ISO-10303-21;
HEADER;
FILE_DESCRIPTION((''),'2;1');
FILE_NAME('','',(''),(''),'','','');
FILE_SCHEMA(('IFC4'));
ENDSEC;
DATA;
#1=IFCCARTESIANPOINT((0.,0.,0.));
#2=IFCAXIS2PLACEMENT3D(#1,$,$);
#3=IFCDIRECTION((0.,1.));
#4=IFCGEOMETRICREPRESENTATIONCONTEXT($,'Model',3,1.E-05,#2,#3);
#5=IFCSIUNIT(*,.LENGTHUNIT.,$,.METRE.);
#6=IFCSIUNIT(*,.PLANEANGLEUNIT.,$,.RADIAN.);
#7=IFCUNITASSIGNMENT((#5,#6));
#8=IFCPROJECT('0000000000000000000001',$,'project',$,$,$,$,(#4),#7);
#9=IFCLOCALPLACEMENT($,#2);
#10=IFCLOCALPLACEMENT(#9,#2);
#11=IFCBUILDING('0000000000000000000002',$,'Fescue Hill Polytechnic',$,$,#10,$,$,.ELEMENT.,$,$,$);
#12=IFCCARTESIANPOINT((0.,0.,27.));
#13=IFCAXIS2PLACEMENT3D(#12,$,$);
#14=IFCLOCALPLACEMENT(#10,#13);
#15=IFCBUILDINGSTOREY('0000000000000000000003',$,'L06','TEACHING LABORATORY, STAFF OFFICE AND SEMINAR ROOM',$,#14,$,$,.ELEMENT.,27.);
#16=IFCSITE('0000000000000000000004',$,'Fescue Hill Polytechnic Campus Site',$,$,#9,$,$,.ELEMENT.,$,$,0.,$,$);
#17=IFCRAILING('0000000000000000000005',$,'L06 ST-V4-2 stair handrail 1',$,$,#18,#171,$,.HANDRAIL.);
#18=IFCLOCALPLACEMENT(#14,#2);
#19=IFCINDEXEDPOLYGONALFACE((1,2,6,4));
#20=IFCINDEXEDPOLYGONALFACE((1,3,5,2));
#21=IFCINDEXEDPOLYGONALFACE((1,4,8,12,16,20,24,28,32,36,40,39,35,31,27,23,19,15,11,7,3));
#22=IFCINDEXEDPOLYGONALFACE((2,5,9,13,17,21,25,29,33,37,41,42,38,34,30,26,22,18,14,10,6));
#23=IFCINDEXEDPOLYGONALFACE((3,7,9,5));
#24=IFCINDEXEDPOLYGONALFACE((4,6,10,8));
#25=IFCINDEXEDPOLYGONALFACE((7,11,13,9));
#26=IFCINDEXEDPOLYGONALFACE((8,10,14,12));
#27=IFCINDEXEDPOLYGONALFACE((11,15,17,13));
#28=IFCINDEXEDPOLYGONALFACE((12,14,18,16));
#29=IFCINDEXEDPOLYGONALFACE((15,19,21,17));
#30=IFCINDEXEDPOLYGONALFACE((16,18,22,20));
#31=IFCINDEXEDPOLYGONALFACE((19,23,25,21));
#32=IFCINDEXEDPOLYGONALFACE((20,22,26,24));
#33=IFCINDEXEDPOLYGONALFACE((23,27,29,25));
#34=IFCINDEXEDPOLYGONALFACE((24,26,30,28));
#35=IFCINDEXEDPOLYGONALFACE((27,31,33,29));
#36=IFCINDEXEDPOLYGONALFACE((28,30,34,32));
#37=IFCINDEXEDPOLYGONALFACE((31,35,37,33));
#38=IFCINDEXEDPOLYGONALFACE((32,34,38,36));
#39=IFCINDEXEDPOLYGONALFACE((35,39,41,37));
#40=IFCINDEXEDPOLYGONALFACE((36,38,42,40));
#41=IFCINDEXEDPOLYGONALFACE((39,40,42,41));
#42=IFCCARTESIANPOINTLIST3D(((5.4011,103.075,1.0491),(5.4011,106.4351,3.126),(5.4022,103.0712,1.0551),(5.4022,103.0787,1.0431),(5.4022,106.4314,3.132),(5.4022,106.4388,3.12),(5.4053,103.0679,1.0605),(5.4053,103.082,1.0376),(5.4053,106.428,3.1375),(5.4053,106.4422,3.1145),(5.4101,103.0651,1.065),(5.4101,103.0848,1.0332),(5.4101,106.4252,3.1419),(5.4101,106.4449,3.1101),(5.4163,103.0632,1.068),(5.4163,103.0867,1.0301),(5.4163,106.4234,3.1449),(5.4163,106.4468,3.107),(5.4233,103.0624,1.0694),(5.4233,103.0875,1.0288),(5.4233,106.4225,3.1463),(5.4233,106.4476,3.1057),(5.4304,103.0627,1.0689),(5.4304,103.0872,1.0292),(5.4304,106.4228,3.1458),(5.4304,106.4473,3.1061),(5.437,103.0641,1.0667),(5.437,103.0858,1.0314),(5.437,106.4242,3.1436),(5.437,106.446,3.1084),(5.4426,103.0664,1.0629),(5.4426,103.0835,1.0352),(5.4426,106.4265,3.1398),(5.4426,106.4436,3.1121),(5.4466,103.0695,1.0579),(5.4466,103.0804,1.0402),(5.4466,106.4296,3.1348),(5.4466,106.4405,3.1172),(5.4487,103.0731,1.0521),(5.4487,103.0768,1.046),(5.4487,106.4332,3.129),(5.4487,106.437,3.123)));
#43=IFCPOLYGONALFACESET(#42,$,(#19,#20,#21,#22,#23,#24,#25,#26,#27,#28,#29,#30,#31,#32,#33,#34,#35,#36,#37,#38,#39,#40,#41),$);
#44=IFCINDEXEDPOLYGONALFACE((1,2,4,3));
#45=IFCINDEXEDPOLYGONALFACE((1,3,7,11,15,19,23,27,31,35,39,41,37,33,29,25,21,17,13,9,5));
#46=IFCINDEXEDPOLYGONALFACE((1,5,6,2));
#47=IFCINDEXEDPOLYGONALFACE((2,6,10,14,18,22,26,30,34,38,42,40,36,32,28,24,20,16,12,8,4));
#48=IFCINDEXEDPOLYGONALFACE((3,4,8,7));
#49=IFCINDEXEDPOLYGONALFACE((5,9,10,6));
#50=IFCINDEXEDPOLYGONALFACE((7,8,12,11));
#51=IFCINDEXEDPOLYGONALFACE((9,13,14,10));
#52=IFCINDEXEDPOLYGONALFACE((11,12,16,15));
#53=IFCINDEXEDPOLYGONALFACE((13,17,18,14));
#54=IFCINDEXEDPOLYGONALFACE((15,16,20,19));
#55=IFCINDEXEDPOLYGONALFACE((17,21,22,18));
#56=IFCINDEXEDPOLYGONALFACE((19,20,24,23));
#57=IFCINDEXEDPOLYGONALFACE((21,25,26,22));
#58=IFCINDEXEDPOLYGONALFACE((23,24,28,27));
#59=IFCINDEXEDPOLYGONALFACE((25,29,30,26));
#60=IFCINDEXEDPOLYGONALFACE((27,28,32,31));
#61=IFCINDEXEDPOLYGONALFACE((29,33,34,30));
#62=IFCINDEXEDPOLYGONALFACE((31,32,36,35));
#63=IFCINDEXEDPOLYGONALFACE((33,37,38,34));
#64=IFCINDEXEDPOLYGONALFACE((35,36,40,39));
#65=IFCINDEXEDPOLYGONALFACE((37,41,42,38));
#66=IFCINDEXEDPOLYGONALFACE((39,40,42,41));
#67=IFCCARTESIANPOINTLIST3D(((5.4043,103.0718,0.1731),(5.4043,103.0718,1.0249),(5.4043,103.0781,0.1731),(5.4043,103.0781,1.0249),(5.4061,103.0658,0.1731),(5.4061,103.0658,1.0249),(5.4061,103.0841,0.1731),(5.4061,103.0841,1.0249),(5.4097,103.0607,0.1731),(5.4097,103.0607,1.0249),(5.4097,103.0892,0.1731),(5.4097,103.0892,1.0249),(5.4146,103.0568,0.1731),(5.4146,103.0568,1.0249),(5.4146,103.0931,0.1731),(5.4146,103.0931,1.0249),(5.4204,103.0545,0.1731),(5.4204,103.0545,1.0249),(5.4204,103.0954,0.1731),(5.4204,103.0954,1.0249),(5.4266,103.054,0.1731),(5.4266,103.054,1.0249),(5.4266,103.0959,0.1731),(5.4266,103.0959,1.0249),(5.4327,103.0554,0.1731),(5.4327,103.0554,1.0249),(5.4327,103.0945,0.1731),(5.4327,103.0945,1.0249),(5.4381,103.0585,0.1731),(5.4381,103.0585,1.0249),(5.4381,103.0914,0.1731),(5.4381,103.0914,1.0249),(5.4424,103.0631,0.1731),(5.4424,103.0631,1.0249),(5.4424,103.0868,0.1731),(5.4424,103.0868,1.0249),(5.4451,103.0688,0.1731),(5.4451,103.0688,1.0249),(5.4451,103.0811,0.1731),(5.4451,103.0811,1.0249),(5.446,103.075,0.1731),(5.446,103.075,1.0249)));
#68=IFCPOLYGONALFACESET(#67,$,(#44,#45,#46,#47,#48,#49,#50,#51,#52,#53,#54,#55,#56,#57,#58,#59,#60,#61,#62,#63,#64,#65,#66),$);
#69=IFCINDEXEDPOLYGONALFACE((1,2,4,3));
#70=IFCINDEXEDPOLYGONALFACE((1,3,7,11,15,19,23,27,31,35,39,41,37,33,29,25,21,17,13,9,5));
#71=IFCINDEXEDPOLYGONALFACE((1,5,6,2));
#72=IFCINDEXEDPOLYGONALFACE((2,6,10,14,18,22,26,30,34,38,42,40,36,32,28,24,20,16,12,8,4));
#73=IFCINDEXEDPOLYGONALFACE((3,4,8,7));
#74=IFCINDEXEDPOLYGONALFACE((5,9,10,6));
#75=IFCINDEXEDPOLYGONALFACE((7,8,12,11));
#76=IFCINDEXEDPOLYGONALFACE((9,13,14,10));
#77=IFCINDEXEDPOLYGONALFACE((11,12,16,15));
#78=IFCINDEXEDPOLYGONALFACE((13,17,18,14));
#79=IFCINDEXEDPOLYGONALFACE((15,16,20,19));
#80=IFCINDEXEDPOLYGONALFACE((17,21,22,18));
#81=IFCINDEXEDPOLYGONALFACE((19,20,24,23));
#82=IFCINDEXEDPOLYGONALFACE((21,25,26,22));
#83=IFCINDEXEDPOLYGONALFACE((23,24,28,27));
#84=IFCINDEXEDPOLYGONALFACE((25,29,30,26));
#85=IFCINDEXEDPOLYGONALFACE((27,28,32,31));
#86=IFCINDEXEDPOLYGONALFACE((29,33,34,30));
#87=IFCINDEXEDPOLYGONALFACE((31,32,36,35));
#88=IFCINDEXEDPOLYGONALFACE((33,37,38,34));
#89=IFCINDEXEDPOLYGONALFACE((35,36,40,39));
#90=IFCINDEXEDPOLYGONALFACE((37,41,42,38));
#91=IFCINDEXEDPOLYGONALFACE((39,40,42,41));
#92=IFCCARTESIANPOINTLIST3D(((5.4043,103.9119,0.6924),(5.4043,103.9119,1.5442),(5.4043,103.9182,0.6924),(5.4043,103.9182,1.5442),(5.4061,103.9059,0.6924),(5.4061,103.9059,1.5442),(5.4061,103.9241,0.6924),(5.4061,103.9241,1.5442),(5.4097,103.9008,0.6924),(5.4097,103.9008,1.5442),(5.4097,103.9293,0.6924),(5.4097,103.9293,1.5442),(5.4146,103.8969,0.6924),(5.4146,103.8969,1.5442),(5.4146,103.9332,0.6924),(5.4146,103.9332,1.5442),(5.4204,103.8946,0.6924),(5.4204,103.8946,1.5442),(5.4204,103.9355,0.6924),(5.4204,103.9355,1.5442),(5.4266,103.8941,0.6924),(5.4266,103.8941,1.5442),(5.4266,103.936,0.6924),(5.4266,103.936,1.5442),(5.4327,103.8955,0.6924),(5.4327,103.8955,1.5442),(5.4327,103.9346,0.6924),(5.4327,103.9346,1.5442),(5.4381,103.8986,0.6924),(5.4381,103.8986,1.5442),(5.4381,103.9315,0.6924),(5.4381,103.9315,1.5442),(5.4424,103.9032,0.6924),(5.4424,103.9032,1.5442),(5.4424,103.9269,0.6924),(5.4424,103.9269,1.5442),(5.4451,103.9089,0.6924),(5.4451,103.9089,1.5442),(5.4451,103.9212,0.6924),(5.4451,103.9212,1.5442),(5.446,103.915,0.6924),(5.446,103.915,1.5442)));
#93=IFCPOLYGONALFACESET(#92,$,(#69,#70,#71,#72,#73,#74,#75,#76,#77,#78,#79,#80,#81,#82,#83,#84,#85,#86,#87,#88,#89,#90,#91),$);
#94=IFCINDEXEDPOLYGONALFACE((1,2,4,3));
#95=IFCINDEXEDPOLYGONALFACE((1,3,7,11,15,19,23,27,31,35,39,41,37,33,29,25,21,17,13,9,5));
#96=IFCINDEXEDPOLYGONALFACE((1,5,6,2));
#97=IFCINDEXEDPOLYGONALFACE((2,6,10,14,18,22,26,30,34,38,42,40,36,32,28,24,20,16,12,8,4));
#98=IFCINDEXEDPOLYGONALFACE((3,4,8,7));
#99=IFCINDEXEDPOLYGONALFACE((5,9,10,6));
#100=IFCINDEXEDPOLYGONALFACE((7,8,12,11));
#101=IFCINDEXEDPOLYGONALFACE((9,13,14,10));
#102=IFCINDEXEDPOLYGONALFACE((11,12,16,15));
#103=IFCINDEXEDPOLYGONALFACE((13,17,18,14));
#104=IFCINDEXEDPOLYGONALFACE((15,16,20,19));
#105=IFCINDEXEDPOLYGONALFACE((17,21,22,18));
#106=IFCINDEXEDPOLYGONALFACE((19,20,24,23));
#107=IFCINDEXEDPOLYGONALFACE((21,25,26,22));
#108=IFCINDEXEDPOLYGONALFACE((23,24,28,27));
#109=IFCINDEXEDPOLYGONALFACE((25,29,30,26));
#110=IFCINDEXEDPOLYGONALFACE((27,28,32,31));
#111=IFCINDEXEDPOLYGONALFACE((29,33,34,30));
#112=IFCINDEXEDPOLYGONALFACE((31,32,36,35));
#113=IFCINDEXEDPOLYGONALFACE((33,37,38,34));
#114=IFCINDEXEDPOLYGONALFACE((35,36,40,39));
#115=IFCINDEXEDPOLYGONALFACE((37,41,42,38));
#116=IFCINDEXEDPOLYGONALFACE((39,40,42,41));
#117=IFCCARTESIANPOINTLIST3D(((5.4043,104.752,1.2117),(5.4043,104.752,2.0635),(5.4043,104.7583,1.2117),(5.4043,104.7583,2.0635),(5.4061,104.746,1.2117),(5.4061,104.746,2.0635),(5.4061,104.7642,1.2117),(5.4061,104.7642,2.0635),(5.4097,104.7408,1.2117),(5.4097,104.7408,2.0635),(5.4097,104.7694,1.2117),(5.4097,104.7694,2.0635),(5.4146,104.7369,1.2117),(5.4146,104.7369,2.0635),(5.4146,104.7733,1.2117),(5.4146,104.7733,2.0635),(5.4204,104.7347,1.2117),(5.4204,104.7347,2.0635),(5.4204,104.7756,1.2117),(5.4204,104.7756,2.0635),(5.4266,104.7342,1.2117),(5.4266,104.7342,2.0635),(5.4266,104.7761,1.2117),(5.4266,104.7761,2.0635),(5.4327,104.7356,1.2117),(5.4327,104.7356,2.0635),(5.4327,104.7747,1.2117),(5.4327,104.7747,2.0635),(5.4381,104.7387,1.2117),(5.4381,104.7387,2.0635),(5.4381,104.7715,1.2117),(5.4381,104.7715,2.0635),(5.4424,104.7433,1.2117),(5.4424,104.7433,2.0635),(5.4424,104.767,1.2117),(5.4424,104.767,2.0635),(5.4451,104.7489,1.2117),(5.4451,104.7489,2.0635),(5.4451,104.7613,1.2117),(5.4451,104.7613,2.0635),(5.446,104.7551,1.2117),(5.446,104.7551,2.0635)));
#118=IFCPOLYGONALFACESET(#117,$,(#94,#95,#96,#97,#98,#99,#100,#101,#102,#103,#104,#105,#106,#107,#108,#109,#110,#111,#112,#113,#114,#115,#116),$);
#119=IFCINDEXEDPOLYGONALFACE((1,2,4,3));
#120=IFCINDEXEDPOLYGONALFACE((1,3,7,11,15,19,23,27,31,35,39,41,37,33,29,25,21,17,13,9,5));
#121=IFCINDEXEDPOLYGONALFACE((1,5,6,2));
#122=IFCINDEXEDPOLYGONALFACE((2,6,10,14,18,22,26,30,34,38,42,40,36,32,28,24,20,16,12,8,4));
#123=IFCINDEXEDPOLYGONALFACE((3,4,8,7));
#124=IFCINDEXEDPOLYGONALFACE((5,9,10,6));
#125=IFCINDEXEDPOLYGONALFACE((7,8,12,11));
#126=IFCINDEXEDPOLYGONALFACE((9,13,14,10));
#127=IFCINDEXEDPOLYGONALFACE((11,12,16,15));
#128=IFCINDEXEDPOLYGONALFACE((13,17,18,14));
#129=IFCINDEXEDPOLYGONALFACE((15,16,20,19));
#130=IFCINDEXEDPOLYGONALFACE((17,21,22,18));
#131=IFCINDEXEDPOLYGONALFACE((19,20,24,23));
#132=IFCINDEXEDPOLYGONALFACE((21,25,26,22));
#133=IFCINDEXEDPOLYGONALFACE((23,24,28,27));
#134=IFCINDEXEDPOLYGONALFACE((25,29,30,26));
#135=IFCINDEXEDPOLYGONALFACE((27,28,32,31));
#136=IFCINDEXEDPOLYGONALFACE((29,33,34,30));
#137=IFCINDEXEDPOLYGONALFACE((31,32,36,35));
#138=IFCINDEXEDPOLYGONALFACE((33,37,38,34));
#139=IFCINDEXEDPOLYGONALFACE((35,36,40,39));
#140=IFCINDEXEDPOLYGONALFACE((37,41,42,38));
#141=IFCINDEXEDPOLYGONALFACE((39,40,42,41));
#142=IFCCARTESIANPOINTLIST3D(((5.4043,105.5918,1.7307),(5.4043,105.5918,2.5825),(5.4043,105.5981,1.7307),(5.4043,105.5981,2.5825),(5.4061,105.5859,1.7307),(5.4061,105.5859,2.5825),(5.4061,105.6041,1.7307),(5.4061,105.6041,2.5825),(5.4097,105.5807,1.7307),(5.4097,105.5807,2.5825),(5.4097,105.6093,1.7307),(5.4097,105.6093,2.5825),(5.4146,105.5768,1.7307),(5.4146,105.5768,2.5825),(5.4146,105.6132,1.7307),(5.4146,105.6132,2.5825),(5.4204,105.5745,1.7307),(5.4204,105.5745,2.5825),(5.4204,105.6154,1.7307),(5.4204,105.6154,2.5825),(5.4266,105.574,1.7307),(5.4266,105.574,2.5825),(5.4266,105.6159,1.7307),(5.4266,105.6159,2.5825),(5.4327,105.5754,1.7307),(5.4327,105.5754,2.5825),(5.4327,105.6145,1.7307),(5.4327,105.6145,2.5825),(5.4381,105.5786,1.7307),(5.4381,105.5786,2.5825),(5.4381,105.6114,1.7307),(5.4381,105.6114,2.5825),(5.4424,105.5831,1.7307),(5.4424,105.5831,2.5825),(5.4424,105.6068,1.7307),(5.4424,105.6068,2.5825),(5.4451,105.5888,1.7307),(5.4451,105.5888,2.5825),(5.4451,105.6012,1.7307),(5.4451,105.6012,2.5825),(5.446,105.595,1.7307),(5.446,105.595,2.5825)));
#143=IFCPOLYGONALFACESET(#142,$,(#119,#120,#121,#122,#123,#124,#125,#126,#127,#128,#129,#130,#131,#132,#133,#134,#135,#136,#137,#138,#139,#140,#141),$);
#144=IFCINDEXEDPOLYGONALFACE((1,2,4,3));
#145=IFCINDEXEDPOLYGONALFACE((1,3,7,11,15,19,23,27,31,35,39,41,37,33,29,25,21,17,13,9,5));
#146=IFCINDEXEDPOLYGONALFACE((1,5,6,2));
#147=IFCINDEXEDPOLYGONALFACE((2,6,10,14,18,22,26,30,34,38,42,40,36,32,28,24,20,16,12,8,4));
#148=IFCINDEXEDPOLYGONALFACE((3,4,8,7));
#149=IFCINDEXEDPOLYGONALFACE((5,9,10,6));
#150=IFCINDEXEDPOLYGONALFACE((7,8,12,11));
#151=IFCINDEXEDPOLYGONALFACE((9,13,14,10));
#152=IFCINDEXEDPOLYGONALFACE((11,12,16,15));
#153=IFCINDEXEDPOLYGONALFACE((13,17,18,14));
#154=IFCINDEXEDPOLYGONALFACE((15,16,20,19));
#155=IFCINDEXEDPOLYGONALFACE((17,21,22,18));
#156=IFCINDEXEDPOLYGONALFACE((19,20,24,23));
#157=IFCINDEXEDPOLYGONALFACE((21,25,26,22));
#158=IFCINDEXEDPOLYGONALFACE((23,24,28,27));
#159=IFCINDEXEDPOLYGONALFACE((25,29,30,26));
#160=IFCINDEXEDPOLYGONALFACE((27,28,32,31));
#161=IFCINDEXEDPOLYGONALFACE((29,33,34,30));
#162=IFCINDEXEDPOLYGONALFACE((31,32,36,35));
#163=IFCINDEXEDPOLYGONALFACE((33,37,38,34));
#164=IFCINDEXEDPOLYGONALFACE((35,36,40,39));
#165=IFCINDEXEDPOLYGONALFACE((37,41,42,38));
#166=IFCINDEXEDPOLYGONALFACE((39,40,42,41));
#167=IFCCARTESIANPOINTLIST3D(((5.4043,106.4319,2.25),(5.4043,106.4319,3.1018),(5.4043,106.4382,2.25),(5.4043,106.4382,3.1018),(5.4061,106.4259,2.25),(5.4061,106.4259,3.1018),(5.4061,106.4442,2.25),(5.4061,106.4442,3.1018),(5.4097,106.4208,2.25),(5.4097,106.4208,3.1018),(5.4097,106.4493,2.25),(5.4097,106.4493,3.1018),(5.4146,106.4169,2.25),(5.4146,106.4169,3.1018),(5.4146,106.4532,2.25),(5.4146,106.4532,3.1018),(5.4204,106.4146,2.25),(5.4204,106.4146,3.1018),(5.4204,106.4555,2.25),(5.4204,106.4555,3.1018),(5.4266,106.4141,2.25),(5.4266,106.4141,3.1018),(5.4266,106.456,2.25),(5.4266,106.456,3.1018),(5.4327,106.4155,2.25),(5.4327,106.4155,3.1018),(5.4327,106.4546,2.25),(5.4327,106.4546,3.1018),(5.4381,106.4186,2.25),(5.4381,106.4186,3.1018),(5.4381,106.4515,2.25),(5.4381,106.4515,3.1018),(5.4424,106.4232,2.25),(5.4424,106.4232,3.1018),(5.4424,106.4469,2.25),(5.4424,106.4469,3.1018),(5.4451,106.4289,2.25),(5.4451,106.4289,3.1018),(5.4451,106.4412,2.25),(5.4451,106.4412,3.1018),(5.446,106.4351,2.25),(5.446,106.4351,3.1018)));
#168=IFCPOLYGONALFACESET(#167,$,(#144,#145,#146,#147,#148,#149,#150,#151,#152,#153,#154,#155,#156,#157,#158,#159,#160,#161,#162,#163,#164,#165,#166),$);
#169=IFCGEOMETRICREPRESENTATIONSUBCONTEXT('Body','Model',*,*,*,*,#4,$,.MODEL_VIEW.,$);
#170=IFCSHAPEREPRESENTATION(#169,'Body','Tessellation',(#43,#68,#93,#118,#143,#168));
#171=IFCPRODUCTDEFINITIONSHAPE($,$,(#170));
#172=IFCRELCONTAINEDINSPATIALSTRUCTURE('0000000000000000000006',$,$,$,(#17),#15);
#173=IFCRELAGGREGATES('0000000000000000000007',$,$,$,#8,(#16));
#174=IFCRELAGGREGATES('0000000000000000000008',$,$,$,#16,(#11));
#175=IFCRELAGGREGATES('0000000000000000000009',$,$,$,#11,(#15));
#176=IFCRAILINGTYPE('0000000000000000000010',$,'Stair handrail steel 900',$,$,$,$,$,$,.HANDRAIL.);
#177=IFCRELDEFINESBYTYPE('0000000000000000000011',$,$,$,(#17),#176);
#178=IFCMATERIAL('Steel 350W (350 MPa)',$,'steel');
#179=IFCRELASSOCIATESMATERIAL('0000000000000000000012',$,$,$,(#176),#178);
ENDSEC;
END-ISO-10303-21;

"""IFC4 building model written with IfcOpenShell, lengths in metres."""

from ifc_helpers import new_model, si_unit, direction, frame, origin, origin_2d, place, context, subcontext, project, spatial, circle, extrude, material, type_object, element, save


model = new_model("IFC4")

# Units and contexts
model_context = context("Model", 3, precision=1e-05, world=origin(), true_north=direction((0.0, 1.0)))
body_context = subcontext(model_context, "Body", "Model", "MODEL_VIEW")
ifc_project = project(units=[si_unit("LENGTHUNIT", "METRE"), si_unit("PLANEANGLEUNIT", "RADIAN")], contexts=[model_context])

# Site, building, storey
site_placement = place(None, origin())
site = spatial("IfcSite", under=ifc_project, at=site_placement, Name="Fescue Hill Polytechnic Campus Site", CompositionType="ELEMENT", RefElevation=0.0)
building_placement = place(site_placement, origin())
building = spatial("IfcBuilding", under=site, at=building_placement, Name="Fescue Hill Polytechnic", CompositionType="ELEMENT")
storey_placement = place(building_placement, frame((0.0, 0.0, 27.0)))
storey = spatial("IfcBuildingStorey", under=building, at=storey_placement, Name="L06", Description="TEACHING LABORATORY, STAFF OFFICE AND SEMINAR ROOM", CompositionType="ELEMENT", Elevation=27.0)

# Railing
ifc_material_1 = material(Name="Steel 350W (350 MPa)", Category="steel")
railing_type_1 = type_object("IfcRailingType", Name="Stair handrail steel 900", PredefinedType="HANDRAIL", material=ifc_material_1)
railing_1_placement = place(storey_placement, frame((5.425, 103.075, 0.1731)))
element("IfcRailing", 1, at=railing_1_placement, inside=storey, type_object=railing_type_1, Name="L06 ST-V4-2 stair handrail 1", PredefinedType="HANDRAIL", context=body_context, shape_type="SweptSolid", body=[
    extrude(circle(Radius=0.0239, at=origin_2d()), frame((0.0, 0.0, 0.876), z_axis=(0.0, 0.850623, 0.525776), x_axis=(-1.0, 0.0, 0.0)), (0.0, 0.0, 1.0), 3.9502),
    extrude(circle(Radius=0.021, at=origin_2d()), origin(), (0.0, 0.0, 1.0), 0.8518),
    extrude(circle(Radius=0.021, at=origin_2d()), frame((0.0, 0.8401, 0.5193)), (0.0, 0.0, 1.0), 0.8518),
    extrude(circle(Radius=0.021, at=origin_2d()), frame((0.0, 1.6802, 1.0386)), (0.0, 0.0, 1.0), 0.8518),
    extrude(circle(Radius=0.021, at=origin_2d()), frame((0.0, 2.52, 1.5576)), (0.0, 0.0, 1.0), 0.8518),
    extrude(circle(Radius=0.021, at=origin_2d()), frame((0.0, 3.3601, 2.0769)), (0.0, 0.0, 1.0), 0.8518),
])

save(model, "model.ifc")
